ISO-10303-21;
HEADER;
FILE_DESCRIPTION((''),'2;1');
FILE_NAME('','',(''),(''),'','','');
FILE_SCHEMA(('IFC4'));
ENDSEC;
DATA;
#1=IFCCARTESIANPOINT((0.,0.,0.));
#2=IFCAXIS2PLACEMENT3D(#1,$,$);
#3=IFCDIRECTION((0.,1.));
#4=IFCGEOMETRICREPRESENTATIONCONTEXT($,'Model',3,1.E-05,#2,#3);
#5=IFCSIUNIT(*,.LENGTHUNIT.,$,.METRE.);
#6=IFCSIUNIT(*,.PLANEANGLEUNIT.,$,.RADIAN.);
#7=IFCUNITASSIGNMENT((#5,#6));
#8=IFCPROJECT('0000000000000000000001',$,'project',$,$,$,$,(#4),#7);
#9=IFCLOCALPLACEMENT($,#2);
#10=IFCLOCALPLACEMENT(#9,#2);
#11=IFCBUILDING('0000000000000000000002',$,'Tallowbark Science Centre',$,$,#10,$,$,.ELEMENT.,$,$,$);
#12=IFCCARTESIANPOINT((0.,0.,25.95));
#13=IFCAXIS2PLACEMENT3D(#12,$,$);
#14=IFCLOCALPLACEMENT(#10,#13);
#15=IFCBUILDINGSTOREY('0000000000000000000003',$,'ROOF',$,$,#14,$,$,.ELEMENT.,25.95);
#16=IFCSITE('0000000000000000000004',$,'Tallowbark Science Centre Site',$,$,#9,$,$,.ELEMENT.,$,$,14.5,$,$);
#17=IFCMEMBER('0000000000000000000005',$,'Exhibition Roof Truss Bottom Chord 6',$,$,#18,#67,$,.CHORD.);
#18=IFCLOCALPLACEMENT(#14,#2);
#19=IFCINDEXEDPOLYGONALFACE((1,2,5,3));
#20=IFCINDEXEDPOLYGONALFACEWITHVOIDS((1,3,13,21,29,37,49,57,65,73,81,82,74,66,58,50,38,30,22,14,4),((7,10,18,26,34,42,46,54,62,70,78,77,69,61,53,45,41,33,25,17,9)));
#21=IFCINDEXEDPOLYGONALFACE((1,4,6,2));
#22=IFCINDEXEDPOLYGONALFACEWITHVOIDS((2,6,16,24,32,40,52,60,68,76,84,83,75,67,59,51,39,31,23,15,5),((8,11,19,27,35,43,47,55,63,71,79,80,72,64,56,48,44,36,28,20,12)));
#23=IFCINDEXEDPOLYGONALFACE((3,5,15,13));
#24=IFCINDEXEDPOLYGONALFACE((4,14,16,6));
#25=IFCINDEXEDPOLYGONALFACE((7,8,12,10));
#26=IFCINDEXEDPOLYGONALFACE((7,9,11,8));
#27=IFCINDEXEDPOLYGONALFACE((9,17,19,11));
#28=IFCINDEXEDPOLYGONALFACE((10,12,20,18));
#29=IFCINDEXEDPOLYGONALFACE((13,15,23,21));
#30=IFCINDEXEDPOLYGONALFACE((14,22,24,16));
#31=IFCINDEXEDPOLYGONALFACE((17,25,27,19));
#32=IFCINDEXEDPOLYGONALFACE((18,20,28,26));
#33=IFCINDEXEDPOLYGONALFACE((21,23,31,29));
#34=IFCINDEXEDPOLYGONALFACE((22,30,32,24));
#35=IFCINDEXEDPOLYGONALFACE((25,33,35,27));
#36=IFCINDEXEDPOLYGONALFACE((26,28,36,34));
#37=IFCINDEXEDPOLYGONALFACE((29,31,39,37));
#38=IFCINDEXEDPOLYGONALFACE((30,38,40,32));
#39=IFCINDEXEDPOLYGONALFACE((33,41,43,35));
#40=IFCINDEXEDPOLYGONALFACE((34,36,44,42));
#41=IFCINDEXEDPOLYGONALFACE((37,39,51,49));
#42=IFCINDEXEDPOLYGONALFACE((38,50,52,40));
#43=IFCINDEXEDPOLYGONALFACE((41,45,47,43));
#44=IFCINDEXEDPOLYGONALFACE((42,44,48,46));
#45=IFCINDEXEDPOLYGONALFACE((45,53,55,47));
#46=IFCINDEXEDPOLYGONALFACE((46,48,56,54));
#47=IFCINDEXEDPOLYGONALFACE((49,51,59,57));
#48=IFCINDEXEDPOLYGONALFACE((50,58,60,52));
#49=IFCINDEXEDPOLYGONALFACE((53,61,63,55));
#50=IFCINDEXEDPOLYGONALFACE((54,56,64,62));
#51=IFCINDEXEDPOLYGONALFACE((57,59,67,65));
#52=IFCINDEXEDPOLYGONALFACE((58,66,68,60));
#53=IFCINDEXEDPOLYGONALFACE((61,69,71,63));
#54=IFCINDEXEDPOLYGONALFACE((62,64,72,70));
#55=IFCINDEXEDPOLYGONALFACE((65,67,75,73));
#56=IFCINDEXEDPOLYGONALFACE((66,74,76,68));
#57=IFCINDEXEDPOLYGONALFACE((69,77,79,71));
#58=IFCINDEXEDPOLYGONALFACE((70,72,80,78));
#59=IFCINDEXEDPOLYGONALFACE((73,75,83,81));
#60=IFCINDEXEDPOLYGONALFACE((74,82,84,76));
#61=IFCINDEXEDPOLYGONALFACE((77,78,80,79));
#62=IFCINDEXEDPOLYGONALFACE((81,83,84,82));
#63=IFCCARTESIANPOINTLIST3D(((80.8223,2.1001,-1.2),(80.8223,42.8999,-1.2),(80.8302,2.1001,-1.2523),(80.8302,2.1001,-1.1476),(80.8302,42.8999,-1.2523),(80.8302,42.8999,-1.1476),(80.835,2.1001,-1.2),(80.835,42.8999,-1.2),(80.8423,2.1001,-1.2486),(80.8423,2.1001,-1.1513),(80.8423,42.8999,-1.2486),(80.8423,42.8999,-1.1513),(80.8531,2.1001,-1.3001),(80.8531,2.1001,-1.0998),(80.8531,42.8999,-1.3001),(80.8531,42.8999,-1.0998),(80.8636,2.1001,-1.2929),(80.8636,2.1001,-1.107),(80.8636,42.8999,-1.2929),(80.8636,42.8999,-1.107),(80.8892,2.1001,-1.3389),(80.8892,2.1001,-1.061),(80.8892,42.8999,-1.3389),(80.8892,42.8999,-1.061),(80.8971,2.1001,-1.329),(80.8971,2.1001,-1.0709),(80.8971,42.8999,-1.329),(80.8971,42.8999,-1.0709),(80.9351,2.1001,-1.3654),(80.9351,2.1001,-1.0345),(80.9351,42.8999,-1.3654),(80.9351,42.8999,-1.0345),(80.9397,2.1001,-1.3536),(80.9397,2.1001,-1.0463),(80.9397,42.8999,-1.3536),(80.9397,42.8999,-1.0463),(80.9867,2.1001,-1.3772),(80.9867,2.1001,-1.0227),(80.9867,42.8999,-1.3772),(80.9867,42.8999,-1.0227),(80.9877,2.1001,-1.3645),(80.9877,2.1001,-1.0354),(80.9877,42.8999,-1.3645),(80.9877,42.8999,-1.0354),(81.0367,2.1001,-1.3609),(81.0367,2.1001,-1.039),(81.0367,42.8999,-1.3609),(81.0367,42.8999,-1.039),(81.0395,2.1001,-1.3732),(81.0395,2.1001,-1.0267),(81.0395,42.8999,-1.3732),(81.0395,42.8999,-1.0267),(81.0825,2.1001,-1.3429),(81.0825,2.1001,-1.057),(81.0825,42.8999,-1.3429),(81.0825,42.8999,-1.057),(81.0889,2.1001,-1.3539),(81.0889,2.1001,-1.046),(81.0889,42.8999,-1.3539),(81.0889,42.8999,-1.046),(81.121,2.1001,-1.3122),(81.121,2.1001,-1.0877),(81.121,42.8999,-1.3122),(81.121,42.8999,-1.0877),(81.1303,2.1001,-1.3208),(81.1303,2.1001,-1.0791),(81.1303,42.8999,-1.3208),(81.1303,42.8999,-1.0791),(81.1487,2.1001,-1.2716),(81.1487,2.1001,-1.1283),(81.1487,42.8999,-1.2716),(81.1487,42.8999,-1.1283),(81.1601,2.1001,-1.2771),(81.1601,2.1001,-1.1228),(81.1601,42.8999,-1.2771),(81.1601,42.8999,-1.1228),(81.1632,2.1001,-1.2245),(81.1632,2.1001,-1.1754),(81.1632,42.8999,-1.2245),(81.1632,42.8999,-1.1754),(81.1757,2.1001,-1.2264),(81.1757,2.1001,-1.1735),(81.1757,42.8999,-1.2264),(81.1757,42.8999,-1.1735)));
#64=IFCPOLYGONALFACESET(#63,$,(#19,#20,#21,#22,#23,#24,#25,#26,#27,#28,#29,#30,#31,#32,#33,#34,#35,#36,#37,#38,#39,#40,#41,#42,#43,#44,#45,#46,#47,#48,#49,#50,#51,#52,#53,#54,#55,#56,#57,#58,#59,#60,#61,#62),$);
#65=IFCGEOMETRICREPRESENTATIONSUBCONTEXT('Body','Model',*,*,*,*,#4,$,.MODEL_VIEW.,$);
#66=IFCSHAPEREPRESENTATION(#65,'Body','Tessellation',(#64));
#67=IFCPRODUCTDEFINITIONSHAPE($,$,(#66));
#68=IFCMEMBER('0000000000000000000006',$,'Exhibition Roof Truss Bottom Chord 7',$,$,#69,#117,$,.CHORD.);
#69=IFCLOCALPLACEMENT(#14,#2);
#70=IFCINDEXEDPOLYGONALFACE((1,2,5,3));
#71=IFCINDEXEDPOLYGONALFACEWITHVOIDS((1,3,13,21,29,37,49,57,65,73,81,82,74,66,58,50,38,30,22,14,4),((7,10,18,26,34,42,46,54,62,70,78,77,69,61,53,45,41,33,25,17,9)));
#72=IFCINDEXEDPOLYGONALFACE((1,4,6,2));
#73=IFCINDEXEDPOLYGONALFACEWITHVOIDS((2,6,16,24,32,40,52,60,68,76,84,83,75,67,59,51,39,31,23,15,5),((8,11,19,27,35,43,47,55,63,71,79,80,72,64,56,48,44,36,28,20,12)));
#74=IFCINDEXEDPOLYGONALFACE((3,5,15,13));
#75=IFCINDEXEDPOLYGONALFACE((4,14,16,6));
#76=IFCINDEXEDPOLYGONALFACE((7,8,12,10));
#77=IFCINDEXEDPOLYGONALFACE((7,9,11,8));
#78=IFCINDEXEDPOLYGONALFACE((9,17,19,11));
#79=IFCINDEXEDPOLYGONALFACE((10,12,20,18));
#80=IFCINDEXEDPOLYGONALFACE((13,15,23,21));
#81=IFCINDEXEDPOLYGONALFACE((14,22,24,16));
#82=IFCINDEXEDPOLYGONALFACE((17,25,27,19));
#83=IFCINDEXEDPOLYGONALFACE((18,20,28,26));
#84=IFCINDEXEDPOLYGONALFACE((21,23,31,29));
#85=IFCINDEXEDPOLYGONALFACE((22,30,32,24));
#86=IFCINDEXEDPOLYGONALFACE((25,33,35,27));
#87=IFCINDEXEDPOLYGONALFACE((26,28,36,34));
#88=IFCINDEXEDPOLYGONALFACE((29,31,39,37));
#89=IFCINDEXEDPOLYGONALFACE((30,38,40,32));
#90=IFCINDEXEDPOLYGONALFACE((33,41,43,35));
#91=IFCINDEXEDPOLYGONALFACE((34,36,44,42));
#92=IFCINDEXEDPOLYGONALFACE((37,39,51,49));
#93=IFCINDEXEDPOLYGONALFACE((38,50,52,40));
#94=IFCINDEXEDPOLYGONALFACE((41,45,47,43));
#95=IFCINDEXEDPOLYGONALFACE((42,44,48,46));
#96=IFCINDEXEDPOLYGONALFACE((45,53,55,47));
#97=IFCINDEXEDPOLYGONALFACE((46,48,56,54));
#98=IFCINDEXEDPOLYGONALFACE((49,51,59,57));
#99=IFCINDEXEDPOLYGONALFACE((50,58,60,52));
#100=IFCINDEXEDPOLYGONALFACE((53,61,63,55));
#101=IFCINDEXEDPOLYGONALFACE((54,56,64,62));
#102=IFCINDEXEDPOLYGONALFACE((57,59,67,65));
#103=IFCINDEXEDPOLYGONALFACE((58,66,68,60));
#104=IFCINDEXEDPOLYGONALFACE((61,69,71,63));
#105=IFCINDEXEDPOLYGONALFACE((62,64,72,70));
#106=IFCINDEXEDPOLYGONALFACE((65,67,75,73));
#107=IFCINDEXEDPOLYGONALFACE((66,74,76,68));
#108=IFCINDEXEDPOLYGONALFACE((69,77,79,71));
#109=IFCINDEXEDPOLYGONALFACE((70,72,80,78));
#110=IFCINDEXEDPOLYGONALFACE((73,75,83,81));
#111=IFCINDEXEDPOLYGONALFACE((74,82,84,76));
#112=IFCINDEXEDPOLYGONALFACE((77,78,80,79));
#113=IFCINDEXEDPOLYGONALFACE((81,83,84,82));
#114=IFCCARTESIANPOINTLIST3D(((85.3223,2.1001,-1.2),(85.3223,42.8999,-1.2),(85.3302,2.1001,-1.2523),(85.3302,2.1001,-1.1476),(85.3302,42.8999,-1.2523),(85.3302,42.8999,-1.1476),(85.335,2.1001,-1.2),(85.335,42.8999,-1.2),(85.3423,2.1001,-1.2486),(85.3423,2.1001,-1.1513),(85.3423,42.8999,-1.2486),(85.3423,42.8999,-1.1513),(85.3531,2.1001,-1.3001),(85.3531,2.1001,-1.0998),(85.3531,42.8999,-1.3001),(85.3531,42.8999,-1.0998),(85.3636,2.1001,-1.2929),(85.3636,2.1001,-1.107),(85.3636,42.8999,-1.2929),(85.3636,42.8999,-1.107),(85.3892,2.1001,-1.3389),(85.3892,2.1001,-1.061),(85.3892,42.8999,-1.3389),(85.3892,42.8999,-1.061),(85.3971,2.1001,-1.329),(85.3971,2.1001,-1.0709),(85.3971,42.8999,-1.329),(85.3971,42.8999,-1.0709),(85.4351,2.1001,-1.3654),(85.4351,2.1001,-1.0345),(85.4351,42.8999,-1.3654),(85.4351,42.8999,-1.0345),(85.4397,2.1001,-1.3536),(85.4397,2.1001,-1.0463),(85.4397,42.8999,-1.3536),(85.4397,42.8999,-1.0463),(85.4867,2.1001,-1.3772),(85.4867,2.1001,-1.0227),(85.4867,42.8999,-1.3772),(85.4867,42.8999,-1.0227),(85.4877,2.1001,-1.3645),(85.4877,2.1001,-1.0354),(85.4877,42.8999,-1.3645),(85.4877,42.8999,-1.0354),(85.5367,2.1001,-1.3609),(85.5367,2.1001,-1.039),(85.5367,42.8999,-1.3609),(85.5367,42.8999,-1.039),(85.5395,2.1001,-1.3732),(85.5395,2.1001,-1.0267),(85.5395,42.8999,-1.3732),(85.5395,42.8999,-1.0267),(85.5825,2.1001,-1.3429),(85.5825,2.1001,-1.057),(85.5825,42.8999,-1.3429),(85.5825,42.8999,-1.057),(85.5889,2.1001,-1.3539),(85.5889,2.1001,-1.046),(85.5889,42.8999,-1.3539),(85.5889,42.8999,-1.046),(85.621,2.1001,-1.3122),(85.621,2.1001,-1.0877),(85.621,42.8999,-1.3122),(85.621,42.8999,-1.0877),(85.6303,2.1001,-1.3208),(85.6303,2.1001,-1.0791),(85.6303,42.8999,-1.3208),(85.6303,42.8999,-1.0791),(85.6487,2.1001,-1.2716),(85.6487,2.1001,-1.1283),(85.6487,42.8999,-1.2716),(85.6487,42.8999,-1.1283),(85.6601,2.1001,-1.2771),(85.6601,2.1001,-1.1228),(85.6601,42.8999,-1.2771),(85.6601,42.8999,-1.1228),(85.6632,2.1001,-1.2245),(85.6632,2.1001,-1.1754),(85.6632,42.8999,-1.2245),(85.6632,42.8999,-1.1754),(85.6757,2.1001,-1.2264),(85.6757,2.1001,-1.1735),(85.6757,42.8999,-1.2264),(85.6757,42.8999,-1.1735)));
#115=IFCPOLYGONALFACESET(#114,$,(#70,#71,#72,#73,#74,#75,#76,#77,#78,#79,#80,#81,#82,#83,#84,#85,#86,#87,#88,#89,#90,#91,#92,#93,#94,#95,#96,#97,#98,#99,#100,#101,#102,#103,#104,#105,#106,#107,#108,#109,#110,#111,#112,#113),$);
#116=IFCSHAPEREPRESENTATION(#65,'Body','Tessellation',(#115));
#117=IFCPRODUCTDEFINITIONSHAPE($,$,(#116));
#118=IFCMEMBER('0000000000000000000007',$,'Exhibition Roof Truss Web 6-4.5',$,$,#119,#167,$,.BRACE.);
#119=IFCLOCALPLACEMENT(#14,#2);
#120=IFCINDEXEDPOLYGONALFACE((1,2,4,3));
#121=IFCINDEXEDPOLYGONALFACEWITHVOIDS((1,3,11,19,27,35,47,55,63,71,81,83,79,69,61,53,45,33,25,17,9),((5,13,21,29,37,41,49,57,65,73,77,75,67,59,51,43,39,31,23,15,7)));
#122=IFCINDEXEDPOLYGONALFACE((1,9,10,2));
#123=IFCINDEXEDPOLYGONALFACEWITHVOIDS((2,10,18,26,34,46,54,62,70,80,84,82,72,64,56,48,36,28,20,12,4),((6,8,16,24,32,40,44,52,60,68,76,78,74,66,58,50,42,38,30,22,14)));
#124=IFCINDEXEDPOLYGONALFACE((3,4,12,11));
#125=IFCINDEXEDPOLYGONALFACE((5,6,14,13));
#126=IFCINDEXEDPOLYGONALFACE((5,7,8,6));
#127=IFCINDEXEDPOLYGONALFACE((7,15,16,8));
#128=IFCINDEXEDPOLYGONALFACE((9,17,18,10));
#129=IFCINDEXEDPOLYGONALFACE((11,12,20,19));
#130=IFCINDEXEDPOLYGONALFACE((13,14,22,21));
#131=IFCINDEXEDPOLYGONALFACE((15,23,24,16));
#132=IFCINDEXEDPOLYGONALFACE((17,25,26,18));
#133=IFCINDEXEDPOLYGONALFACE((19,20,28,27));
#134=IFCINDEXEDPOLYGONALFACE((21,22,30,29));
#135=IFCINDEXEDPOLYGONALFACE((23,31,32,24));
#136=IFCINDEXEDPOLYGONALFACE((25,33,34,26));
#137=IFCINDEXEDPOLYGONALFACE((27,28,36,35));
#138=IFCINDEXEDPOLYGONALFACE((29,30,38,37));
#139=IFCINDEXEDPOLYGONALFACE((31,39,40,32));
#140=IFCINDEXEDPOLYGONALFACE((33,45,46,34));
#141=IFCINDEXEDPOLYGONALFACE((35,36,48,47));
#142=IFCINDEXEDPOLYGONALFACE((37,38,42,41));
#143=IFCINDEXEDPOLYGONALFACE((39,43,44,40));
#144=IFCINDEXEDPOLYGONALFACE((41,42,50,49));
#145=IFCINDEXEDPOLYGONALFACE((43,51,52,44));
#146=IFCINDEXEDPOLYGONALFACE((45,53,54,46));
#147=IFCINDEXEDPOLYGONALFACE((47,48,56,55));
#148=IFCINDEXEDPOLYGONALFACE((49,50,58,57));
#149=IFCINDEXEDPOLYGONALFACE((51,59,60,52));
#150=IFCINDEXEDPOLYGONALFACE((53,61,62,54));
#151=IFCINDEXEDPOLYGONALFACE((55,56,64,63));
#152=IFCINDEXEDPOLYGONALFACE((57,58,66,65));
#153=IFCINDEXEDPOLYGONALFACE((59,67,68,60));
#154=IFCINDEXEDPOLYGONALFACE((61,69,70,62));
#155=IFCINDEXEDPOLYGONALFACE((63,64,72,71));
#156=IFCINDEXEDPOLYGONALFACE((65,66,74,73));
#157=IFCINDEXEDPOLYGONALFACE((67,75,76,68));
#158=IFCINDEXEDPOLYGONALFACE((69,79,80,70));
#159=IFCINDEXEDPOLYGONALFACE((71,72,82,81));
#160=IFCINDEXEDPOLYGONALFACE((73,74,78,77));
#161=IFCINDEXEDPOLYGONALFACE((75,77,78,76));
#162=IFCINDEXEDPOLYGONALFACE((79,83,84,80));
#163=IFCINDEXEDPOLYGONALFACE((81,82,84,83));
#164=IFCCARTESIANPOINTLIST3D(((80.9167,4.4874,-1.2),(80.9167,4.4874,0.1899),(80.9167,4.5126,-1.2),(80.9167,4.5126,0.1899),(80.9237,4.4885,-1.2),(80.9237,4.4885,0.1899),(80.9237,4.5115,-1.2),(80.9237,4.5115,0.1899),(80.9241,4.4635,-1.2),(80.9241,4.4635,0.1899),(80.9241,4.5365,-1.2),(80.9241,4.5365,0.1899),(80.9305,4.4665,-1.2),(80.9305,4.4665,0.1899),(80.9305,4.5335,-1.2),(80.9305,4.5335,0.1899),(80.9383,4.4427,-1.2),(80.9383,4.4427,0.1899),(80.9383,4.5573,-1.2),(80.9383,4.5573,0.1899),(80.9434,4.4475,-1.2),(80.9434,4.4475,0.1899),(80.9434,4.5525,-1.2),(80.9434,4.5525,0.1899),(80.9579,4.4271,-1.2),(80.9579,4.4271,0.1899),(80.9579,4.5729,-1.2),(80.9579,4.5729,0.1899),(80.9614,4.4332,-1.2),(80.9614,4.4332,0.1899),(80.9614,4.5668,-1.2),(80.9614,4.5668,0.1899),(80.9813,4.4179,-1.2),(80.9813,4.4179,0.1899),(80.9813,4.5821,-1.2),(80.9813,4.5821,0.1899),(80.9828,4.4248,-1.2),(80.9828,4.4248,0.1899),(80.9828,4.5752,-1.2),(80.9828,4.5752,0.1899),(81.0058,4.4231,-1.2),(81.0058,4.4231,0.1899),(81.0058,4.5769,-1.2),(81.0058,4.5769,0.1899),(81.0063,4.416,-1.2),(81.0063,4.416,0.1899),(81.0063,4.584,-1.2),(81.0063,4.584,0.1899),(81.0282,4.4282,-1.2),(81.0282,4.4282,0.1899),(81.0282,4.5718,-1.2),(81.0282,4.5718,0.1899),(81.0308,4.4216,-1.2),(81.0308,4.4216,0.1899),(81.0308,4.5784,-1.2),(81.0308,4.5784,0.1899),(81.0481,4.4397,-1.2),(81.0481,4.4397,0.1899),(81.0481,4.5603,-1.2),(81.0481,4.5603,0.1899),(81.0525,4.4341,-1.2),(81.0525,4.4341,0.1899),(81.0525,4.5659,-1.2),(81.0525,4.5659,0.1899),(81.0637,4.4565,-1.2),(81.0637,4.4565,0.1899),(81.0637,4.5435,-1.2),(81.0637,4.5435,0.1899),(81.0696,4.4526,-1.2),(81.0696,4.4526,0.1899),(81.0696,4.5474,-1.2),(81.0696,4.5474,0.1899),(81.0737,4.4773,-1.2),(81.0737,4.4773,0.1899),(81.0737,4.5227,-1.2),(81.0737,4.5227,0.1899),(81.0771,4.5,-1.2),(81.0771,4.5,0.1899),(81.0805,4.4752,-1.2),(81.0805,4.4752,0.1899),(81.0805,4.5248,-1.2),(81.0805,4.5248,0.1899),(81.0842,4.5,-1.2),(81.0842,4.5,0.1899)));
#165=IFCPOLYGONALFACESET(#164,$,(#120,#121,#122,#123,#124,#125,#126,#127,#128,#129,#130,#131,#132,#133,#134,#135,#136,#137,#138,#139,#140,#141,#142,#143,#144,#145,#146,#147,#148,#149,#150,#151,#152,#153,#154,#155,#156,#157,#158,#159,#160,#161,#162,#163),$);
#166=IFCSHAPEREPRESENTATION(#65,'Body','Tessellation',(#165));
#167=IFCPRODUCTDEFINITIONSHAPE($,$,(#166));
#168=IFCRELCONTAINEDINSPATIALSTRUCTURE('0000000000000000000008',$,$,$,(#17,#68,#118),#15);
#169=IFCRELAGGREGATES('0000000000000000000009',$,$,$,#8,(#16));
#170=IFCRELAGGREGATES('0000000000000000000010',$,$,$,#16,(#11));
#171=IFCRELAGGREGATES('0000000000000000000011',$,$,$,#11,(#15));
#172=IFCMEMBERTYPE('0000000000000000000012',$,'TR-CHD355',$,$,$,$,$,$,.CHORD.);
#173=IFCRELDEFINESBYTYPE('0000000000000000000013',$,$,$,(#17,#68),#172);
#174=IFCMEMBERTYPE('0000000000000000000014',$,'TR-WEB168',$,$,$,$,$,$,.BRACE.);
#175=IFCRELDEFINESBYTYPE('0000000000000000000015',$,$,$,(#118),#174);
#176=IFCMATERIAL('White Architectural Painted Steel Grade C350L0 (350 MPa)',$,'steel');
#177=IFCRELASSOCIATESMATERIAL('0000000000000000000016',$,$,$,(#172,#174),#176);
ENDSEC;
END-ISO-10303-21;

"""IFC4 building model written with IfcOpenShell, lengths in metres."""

from ifc_helpers import new_model, si_unit, direction, frame, origin, origin_2d, place, context, subcontext, project, spatial, hollow_circle, extrude, material, material_profile, profile_set, type_object, element, save


model = new_model("IFC4")

# Units and contexts
model_context = context("Model", 3, precision=1e-05, world=origin(), true_north=direction((0.0, 1.0)))
body_context = subcontext(model_context, "Body", "Model", "MODEL_VIEW")
ifc_project = project(units=[si_unit("LENGTHUNIT", "METRE"), si_unit("PLANEANGLEUNIT", "RADIAN")], contexts=[model_context])

# Site, building, storey
site_placement = place(None, origin())
site = spatial("IfcSite", under=ifc_project, at=site_placement, Name="Tallowbark Science Centre Site", CompositionType="ELEMENT", RefElevation=14.5)
building_placement = place(site_placement, origin())
building = spatial("IfcBuilding", under=site, at=building_placement, Name="Tallowbark Science Centre", CompositionType="ELEMENT")
storey_placement = place(building_placement, frame((0.0, 0.0, 25.95)))
storey = spatial("IfcBuildingStorey", under=building, at=storey_placement, Name="ROOF", CompositionType="ELEMENT", Elevation=25.95)

# Members
ifc_material_1 = material(Name="White Architectural Painted Steel Grade C350L0 (350 MPa)", Category="steel")
ifc_material_profile_1 = material_profile(ifc_material_1, hollow_circle(Radius=0.1777, WallThickness=0.0127, at=origin_2d()), Name="355.6x12.7CHS")
ifc_profile_set_1 = profile_set([ifc_material_profile_1], Name="White Architectural Painted Steel Grade C350L0 (350 MPa)")
member_type_1 = type_object("IfcMemberType", Name="TR-CHD355", PredefinedType="CHORD", material=ifc_profile_set_1)
for number, where, z_axis, x_axis, name in (
    (1, (81.0, 2.1001, -1.2), (0.0, 1.0, 0.0), (-1.0, 0.0, 0.0), "Exhibition Roof Truss Bottom Chord 6"),
    (2, (85.5, 2.1001, -1.2), (0.0, 1.0, 0.0), (-1.0, 0.0, 0.0), "Exhibition Roof Truss Bottom Chord 7"),
):
    element("IfcMember", number, at=place(storey_placement, frame(where, z_axis=z_axis, x_axis=x_axis)), inside=storey, type_object=member_type_1, Name=name, PredefinedType="CHORD", context=body_context, shape_type="SweptSolid", body=[
        extrude(hollow_circle(Radius=0.1777, WallThickness=0.0127, at=origin_2d()), origin(), (0.0, 0.0, 1.0), 40.7998),
    ])
ifc_material_profile_2 = material_profile(ifc_material_1, hollow_circle(Radius=0.0842, WallThickness=0.0071, at=origin_2d()), Name="168.3x7.1CHS")
ifc_profile_set_2 = profile_set([ifc_material_profile_2], Name="White Architectural Painted Steel Grade C350L0 (350 MPa)")
member_type_2 = type_object("IfcMemberType", Name="TR-WEB168", PredefinedType="BRACE", material=ifc_profile_set_2)
for number, where, z_axis, x_axis, name in (
    (3, (81.0, 4.5, -1.2), (0.0, 0.0, 1.0), (1.0, 0.0, 0.0), "Exhibition Roof Truss Web 6-4.5"),
):
    element("IfcMember", number, at=place(storey_placement, frame(where, z_axis=z_axis, x_axis=x_axis)), inside=storey, type_object=member_type_2, Name=name, PredefinedType="BRACE", context=body_context, shape_type="SweptSolid", body=[
        extrude(hollow_circle(Radius=0.0842, WallThickness=0.0071, at=origin_2d()), origin(), (0.0, 0.0, 1.0), 1.3899),
    ])

save(model, "model.ifc")
